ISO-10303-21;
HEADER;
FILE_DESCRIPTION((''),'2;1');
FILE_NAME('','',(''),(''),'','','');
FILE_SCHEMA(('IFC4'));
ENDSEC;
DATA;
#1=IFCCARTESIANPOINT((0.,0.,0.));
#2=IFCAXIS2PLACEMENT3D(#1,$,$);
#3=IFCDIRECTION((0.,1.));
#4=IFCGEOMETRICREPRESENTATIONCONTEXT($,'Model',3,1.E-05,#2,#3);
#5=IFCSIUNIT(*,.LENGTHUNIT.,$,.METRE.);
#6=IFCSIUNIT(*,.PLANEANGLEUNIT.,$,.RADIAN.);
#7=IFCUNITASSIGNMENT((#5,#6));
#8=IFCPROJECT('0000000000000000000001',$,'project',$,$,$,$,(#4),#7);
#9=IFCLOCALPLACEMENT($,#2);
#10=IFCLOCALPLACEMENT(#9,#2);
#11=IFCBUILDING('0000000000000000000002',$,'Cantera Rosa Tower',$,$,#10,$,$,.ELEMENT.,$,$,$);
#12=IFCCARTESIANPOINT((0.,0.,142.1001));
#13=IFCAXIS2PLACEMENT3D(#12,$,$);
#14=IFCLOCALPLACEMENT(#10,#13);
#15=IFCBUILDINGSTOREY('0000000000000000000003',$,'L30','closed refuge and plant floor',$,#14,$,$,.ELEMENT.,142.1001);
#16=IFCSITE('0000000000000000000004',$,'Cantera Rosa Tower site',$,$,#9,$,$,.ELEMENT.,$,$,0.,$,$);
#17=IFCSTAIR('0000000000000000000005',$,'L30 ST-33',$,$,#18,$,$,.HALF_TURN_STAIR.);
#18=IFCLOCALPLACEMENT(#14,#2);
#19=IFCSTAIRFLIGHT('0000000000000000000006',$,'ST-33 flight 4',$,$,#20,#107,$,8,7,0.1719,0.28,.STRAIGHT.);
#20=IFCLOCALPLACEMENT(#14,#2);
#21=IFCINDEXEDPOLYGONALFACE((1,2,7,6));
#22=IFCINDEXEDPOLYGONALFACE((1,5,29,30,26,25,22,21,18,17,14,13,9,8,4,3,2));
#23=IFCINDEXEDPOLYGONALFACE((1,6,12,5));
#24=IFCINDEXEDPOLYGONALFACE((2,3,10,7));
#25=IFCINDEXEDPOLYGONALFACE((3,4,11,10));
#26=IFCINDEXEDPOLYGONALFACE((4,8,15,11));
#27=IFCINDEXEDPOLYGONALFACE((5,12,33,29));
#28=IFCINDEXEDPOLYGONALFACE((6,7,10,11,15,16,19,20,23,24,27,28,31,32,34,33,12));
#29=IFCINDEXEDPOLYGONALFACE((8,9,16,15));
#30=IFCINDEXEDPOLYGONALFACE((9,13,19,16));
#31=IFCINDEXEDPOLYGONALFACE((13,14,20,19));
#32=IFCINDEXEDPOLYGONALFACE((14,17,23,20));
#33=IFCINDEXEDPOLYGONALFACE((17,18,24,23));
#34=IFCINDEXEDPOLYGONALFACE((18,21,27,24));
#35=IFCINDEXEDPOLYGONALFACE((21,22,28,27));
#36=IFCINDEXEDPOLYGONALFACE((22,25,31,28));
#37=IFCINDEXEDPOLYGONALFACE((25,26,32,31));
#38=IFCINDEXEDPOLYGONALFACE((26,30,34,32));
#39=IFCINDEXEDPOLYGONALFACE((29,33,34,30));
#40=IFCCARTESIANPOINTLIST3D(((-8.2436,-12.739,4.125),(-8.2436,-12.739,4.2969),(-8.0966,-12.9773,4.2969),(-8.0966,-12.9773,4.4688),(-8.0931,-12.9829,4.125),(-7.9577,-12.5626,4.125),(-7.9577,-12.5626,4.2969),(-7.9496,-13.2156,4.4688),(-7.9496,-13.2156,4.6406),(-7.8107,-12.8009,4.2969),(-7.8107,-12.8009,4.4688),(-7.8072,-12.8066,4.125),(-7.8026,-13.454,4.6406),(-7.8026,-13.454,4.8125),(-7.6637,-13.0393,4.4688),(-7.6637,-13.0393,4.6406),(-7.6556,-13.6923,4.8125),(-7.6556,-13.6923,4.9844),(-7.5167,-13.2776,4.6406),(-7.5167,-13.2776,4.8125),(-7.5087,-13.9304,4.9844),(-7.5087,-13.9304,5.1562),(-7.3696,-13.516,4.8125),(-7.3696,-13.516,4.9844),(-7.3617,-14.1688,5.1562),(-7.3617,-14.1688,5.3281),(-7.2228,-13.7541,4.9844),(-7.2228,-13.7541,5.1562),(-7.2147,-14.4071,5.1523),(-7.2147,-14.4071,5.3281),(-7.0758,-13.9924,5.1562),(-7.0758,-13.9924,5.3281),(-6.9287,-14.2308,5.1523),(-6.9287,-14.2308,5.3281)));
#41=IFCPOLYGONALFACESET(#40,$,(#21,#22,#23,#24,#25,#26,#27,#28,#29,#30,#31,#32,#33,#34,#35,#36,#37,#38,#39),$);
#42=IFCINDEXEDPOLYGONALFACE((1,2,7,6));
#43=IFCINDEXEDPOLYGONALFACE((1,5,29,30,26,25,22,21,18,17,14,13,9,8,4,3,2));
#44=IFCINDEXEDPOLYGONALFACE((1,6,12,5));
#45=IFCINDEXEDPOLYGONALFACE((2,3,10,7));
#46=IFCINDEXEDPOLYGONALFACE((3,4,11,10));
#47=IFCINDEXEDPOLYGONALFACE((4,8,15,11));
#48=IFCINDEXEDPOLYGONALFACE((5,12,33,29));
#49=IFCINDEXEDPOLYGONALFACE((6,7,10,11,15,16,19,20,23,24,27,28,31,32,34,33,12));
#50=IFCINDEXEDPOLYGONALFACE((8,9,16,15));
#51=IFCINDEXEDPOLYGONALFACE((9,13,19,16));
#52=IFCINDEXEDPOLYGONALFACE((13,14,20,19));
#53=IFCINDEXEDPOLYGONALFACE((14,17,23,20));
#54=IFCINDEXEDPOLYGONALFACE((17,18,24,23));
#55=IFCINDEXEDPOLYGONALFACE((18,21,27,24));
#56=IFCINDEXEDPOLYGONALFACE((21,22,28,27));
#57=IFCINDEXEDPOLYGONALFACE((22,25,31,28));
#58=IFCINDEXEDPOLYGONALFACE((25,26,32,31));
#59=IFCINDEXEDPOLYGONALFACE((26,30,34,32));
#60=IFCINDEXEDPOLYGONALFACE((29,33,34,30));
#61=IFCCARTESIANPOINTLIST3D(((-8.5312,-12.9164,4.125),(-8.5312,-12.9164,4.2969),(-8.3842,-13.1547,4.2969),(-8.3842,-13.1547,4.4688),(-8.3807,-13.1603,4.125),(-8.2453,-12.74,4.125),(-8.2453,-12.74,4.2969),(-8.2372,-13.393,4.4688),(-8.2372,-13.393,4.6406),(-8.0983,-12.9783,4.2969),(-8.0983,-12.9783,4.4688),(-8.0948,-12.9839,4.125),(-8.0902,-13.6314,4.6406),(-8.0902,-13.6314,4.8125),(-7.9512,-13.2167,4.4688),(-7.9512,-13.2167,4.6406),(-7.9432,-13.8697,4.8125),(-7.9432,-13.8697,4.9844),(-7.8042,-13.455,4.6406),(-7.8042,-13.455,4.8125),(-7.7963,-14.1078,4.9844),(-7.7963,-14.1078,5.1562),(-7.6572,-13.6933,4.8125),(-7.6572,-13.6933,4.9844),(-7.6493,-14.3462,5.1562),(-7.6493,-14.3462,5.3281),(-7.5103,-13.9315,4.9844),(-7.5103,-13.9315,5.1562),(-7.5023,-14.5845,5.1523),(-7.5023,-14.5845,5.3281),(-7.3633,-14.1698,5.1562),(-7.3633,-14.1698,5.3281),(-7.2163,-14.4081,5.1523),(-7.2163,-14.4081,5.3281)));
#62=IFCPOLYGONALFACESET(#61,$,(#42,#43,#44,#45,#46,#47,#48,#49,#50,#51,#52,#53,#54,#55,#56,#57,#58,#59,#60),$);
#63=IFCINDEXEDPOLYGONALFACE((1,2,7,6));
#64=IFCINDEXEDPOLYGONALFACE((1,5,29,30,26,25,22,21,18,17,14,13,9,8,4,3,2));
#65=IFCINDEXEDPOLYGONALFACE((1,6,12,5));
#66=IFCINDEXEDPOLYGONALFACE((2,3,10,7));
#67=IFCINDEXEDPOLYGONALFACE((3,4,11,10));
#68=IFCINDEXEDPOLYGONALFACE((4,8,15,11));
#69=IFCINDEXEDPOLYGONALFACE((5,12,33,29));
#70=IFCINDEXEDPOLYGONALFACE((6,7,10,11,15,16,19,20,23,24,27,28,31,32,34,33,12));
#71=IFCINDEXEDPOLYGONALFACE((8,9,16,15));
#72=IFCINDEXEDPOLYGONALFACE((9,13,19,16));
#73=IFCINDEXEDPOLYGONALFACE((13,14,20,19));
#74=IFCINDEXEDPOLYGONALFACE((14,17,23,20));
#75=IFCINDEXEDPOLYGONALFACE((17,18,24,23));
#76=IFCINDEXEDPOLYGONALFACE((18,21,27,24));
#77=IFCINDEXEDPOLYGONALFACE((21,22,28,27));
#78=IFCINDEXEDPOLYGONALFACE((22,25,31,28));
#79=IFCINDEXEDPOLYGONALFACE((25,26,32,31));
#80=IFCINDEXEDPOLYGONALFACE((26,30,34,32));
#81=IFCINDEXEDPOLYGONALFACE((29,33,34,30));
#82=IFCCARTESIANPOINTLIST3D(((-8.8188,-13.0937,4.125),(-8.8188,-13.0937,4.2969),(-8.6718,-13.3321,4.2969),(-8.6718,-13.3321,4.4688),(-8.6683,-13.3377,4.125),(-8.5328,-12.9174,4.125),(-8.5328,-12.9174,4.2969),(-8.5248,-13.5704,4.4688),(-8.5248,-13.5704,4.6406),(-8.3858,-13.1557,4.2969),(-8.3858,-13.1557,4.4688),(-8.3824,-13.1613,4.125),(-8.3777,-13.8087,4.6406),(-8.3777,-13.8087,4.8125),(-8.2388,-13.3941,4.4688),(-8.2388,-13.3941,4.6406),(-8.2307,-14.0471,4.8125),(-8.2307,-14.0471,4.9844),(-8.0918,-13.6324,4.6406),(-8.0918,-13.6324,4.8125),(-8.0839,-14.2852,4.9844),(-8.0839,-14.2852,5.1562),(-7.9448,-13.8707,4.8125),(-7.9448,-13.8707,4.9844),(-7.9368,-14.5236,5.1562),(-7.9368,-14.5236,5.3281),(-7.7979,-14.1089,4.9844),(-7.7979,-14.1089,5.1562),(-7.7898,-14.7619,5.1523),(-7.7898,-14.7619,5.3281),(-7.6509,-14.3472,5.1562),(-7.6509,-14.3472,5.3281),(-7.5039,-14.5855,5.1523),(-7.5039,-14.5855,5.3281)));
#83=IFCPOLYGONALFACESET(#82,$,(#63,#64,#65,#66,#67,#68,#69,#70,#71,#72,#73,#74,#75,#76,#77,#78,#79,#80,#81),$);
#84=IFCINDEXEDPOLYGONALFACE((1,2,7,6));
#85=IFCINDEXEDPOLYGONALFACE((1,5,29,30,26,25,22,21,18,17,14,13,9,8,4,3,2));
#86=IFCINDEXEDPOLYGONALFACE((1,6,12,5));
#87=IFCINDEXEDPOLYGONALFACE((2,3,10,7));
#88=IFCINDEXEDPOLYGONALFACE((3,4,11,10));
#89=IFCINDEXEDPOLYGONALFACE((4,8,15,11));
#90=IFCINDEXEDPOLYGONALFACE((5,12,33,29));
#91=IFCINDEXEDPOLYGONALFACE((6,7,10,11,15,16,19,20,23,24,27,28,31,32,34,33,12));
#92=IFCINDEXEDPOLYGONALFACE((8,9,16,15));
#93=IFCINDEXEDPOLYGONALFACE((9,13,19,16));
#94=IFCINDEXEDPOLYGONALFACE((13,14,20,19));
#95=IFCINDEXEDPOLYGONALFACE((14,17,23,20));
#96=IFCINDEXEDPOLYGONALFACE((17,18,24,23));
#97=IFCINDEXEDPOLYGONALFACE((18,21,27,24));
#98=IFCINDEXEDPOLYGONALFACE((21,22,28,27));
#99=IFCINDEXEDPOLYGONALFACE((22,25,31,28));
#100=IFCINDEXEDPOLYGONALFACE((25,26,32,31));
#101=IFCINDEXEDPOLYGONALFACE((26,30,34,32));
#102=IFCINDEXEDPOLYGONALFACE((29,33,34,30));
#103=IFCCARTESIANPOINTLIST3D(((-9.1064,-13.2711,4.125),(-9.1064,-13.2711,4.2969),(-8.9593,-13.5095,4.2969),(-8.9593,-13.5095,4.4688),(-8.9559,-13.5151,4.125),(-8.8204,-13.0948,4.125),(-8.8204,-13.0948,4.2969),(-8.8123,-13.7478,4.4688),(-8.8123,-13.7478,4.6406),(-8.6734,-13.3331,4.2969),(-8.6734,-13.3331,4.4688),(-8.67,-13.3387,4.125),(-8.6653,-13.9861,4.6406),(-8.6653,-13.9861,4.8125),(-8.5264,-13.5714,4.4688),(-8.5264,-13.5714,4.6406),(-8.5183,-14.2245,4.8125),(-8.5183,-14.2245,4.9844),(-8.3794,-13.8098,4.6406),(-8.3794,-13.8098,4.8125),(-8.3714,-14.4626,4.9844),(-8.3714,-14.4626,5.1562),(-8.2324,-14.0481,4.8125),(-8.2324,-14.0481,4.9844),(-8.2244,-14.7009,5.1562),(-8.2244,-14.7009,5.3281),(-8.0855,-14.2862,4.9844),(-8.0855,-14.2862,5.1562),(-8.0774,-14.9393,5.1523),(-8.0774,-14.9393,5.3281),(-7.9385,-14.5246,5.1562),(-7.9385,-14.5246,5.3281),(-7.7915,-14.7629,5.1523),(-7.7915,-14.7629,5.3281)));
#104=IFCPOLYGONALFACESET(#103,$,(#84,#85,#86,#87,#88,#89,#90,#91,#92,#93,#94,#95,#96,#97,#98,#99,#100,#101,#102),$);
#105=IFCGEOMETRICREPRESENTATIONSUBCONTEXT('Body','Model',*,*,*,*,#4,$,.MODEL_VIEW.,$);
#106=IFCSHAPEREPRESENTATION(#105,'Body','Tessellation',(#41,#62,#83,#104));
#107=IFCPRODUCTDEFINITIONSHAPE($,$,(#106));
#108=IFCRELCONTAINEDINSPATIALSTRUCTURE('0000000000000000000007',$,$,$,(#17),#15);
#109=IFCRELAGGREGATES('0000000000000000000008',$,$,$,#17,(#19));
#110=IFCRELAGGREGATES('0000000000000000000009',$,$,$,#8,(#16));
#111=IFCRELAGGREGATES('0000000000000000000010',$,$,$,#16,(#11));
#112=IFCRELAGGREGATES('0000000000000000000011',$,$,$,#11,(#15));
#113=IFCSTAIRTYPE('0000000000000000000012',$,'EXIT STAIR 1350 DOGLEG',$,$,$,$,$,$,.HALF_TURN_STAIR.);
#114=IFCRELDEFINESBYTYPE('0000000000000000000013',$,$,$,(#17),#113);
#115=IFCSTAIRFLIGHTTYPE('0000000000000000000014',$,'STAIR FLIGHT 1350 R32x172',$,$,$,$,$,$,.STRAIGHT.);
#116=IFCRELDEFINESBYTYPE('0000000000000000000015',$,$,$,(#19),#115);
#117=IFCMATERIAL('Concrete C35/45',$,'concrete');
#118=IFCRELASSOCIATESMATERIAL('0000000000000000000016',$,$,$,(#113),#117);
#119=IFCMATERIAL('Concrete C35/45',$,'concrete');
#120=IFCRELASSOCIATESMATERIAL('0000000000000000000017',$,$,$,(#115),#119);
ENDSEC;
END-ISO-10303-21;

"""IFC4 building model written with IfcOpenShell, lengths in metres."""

from ifc_helpers import new_model, si_unit, direction, frame, origin, place, context, subcontext, project, spatial, polyline, outline, extrude, material, type_object, element, aggregate, save


model = new_model("IFC4")

# Units and contexts
model_context = context("Model", 3, precision=1e-05, world=origin(), true_north=direction((0.0, 1.0)))
body_context = subcontext(model_context, "Body", "Model", "MODEL_VIEW")
ifc_project = project(units=[si_unit("LENGTHUNIT", "METRE"), si_unit("PLANEANGLEUNIT", "RADIAN")], contexts=[model_context])

# Site, building, storey
site_placement = place(None, origin())
site = spatial("IfcSite", under=ifc_project, at=site_placement, Name="Cantera Rosa Tower site", CompositionType="ELEMENT", RefElevation=0.0)
building_placement = place(site_placement, origin())
building = spatial("IfcBuilding", under=site, at=building_placement, Name="Cantera Rosa Tower", CompositionType="ELEMENT")
storey_placement = place(building_placement, frame((0.0, 0.0, 142.1001)))
storey = spatial("IfcBuildingStorey", under=building, at=storey_placement, Name="L30", Description="closed refuge and plant floor", CompositionType="ELEMENT", Elevation=142.1001)

# Stair, stair flight
ifc_material_1 = material(Name="Concrete C35/45", Category="concrete")
stair_type = type_object("IfcStairType", Name="EXIT STAIR 1350 DOGLEG", PredefinedType="HALF_TURN_STAIR", material=ifc_material_1)
stair_placement = place(storey_placement, origin())
stair = element("IfcStair", 1, at=stair_placement, inside=storey, type_object=stair_type, Name="L30 ST-33", PredefinedType="HALF_TURN_STAIR")
ifc_material_2 = material(Name="Concrete C35/45", Category="concrete")
stair_flight_type = type_object("IfcStairFlightType", Name="STAIR FLIGHT 1350 R32x172", PredefinedType="STRAIGHT", material=ifc_material_2)
stair_flight_1_placement = place(storey_placement, frame((-8.5322, -12.917, 4.125), z_axis=(0.0, 0.0, 1.0), x_axis=(0.524977, -0.851117, 0.0)))
stair_flight_1 = element("IfcStairFlight", 2, at=stair_flight_1_placement, type_object=stair_flight_type, Name="ST-33 flight 4", NumberOfRisers=8, NumberOfTreads=7, PredefinedType="STRAIGHT", RiserHeight=0.1719, TreadLength=0.28, context=body_context, shape_type="SweptSolid", body=[
    extrude(outline(polyline([(0.0, 0.0), (0.0, 0.1719), (0.28, 0.1719), (0.28, 0.3438), (0.5601, 0.3438), (0.5601, 0.5156), (0.8401, 0.5156), (0.8401, 0.6875), (1.1201, 0.6875), (1.1201, 0.8594), (1.3999, 0.8594), (1.3999, 1.0312), (1.6799, 1.0312), (1.6799, 1.2031), (1.96, 1.2031), (1.96, 1.375), (1.96, 1.0273), (0.2866, 0.0), (0.0, 0.0)])), frame((0.0, 0.675, 0.0), z_axis=(0.0, -1.0, 0.0), x_axis=(1.0, 0.0, 0.0)), (0.0, 0.0, 1.0), 0.3359),
    extrude(outline(polyline([(0.0, 0.0), (0.0, 0.1719), (0.28, 0.1719), (0.28, 0.3438), (0.5601, 0.3438), (0.5601, 0.5156), (0.8401, 0.5156), (0.8401, 0.6875), (1.1201, 0.6875), (1.1201, 0.8594), (1.3999, 0.8594), (1.3999, 1.0312), (1.6799, 1.0312), (1.6799, 1.2031), (1.96, 1.2031), (1.96, 1.375), (1.96, 1.0273), (0.2866, 0.0), (0.0, 0.0)])), frame((0.0, 0.3372, 0.0), z_axis=(0.0, -1.0, 0.0), x_axis=(1.0, 0.0, 0.0)), (0.0, 0.0, 1.0), 0.3359),
    extrude(outline(polyline([(0.0, 0.0), (0.0, 0.1719), (0.28, 0.1719), (0.28, 0.3438), (0.5601, 0.3438), (0.5601, 0.5156), (0.8401, 0.5156), (0.8401, 0.6875), (1.1201, 0.6875), (1.1201, 0.8594), (1.3999, 0.8594), (1.3999, 1.0312), (1.6799, 1.0312), (1.6799, 1.2031), (1.96, 1.2031), (1.96, 1.375), (1.96, 1.0273), (0.2866, 0.0), (0.0, 0.0)])), frame((0.0, -0.0007, 0.0), z_axis=(0.0, -1.0, 0.0), x_axis=(1.0, 0.0, 0.0)), (0.0, 0.0, 1.0), 0.3359),
    extrude(outline(polyline([(0.0, 0.0), (0.0, 0.1719), (0.28, 0.1719), (0.28, 0.3438), (0.5601, 0.3438), (0.5601, 0.5156), (0.8401, 0.5156), (0.8401, 0.6875), (1.1201, 0.6875), (1.1201, 0.8594), (1.3999, 0.8594), (1.3999, 1.0312), (1.6799, 1.0312), (1.6799, 1.2031), (1.96, 1.2031), (1.96, 1.375), (1.96, 1.0273), (0.2866, 0.0), (0.0, 0.0)])), frame((0.0, -0.3386, 0.0), z_axis=(0.0, -1.0, 0.0), x_axis=(1.0, 0.0, 0.0)), (0.0, 0.0, 1.0), 0.3359),
])
aggregate(stair, [stair_flight_1])

save(model, "model.ifc")
